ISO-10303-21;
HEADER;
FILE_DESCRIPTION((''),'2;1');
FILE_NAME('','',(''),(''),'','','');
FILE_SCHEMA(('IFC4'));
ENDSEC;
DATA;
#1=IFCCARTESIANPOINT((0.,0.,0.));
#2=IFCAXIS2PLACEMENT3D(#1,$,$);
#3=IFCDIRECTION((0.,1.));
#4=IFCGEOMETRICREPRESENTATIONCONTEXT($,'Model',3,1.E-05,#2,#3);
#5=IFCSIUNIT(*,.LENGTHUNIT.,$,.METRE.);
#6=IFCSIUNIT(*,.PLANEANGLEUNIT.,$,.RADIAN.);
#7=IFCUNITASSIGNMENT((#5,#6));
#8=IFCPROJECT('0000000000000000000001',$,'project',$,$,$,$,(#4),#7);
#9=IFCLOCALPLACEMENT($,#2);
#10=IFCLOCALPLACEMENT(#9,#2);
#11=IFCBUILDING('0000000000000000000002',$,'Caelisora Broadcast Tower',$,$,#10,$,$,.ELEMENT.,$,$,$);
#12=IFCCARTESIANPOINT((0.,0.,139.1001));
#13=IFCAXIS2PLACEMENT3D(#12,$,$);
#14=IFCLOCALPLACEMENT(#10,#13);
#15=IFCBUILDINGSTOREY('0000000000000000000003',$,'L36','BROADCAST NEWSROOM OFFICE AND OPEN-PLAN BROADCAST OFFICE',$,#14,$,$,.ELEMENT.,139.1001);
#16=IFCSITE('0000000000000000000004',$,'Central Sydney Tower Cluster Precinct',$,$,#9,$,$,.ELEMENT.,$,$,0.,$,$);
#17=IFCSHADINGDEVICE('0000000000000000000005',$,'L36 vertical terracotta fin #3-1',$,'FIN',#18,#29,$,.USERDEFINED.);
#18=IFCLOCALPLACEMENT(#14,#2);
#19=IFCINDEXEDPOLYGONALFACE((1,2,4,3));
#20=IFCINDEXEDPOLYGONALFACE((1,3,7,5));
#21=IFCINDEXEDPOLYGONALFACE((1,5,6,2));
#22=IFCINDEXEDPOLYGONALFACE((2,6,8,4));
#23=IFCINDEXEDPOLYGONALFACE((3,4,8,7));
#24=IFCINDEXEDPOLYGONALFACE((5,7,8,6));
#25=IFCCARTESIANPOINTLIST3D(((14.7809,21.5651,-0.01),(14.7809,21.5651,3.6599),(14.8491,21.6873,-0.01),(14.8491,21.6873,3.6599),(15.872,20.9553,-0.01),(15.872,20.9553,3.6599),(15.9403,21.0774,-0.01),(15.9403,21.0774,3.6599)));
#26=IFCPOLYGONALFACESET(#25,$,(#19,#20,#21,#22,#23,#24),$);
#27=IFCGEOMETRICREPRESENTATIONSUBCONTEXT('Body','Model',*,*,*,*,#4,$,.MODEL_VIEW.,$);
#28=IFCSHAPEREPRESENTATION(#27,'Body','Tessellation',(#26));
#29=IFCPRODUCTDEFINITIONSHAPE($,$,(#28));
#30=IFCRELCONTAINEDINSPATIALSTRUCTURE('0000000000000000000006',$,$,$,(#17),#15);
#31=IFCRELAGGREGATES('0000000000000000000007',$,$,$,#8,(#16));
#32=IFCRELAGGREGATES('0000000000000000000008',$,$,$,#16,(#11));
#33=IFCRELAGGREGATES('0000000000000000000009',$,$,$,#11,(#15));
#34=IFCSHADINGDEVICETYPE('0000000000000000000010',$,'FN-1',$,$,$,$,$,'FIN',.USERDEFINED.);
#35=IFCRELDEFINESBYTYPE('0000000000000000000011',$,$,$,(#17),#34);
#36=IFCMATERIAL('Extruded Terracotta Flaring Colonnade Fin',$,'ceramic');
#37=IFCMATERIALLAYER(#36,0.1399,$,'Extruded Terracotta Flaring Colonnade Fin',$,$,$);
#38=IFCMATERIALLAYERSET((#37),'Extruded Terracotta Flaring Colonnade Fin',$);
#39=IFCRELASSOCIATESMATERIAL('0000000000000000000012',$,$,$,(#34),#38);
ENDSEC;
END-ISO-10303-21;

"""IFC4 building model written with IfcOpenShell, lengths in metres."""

from ifc_helpers import new_model, si_unit, direction, frame, origin, origin_2d, place, context, subcontext, project, spatial, rectangle, extrude, source, transform, mapped, material, layer, layer_set, type_object, type_shapes, element, save


model = new_model("IFC4")

# Units and contexts
model_context = context("Model", 3, precision=1e-05, world=origin(), true_north=direction((0.0, 1.0)))
body_context = subcontext(model_context, "Body", "Model", "MODEL_VIEW")
ifc_project = project(units=[si_unit("LENGTHUNIT", "METRE"), si_unit("PLANEANGLEUNIT", "RADIAN")], contexts=[model_context])

# Site, building, storey
site_placement = place(None, origin())
site = spatial("IfcSite", under=ifc_project, at=site_placement, Name="Central Sydney Tower Cluster Precinct", CompositionType="ELEMENT", RefElevation=0.0)
building_placement = place(site_placement, origin())
building = spatial("IfcBuilding", under=site, at=building_placement, Name="Caelisora Broadcast Tower", CompositionType="ELEMENT")
storey_placement = place(building_placement, frame((0.0, 0.0, 139.1001)))
storey = spatial("IfcBuildingStorey", under=building, at=storey_placement, Name="L36", Description="BROADCAST NEWSROOM OFFICE AND OPEN-PLAN BROADCAST OFFICE", CompositionType="ELEMENT", Elevation=139.1001)

# Shading device
ifc_material_1 = material(Name="Extruded Terracotta Flaring Colonnade Fin", Category="ceramic")
ifc_layer_1 = layer(ifc_material_1, 0.1399, Name="Extruded Terracotta Flaring Colonnade Fin")
ifc_layer_set_1 = layer_set([ifc_layer_1], Name="Extruded Terracotta Flaring Colonnade Fin")
shading_device_type = type_object("IfcShadingDeviceType", Name="FN-1", ElementType="FIN", PredefinedType="USERDEFINED", material=ifc_layer_set_1)
shared_shape_1 = source(origin(), body_context, "Body", "SweptSolid", [
    extrude(rectangle(XDim=0.1399, YDim=1.25, at=origin_2d()), origin(), (0.0, 0.0, 1.0), 3.6699),
])
type_shapes(shading_device_type, [shared_shape_1])
shading_device_placement = place(storey_placement, frame((15.3606, 21.3213, -0.01), z_axis=(0.0, 0.0, 1.0), x_axis=(0.48786, 0.872922, 0.0)))
element("IfcShadingDevice", 1, at=shading_device_placement, inside=storey, type_object=shading_device_type, Name="L36 vertical terracotta fin #3-1", ObjectType="FIN", PredefinedType="USERDEFINED", context=body_context, shape_type="MappedRepresentation", body=[
    mapped(shared_shape_1, transform((0.0, 0.0, 0.0), scale=1.0)),
])

save(model, "model.ifc")
